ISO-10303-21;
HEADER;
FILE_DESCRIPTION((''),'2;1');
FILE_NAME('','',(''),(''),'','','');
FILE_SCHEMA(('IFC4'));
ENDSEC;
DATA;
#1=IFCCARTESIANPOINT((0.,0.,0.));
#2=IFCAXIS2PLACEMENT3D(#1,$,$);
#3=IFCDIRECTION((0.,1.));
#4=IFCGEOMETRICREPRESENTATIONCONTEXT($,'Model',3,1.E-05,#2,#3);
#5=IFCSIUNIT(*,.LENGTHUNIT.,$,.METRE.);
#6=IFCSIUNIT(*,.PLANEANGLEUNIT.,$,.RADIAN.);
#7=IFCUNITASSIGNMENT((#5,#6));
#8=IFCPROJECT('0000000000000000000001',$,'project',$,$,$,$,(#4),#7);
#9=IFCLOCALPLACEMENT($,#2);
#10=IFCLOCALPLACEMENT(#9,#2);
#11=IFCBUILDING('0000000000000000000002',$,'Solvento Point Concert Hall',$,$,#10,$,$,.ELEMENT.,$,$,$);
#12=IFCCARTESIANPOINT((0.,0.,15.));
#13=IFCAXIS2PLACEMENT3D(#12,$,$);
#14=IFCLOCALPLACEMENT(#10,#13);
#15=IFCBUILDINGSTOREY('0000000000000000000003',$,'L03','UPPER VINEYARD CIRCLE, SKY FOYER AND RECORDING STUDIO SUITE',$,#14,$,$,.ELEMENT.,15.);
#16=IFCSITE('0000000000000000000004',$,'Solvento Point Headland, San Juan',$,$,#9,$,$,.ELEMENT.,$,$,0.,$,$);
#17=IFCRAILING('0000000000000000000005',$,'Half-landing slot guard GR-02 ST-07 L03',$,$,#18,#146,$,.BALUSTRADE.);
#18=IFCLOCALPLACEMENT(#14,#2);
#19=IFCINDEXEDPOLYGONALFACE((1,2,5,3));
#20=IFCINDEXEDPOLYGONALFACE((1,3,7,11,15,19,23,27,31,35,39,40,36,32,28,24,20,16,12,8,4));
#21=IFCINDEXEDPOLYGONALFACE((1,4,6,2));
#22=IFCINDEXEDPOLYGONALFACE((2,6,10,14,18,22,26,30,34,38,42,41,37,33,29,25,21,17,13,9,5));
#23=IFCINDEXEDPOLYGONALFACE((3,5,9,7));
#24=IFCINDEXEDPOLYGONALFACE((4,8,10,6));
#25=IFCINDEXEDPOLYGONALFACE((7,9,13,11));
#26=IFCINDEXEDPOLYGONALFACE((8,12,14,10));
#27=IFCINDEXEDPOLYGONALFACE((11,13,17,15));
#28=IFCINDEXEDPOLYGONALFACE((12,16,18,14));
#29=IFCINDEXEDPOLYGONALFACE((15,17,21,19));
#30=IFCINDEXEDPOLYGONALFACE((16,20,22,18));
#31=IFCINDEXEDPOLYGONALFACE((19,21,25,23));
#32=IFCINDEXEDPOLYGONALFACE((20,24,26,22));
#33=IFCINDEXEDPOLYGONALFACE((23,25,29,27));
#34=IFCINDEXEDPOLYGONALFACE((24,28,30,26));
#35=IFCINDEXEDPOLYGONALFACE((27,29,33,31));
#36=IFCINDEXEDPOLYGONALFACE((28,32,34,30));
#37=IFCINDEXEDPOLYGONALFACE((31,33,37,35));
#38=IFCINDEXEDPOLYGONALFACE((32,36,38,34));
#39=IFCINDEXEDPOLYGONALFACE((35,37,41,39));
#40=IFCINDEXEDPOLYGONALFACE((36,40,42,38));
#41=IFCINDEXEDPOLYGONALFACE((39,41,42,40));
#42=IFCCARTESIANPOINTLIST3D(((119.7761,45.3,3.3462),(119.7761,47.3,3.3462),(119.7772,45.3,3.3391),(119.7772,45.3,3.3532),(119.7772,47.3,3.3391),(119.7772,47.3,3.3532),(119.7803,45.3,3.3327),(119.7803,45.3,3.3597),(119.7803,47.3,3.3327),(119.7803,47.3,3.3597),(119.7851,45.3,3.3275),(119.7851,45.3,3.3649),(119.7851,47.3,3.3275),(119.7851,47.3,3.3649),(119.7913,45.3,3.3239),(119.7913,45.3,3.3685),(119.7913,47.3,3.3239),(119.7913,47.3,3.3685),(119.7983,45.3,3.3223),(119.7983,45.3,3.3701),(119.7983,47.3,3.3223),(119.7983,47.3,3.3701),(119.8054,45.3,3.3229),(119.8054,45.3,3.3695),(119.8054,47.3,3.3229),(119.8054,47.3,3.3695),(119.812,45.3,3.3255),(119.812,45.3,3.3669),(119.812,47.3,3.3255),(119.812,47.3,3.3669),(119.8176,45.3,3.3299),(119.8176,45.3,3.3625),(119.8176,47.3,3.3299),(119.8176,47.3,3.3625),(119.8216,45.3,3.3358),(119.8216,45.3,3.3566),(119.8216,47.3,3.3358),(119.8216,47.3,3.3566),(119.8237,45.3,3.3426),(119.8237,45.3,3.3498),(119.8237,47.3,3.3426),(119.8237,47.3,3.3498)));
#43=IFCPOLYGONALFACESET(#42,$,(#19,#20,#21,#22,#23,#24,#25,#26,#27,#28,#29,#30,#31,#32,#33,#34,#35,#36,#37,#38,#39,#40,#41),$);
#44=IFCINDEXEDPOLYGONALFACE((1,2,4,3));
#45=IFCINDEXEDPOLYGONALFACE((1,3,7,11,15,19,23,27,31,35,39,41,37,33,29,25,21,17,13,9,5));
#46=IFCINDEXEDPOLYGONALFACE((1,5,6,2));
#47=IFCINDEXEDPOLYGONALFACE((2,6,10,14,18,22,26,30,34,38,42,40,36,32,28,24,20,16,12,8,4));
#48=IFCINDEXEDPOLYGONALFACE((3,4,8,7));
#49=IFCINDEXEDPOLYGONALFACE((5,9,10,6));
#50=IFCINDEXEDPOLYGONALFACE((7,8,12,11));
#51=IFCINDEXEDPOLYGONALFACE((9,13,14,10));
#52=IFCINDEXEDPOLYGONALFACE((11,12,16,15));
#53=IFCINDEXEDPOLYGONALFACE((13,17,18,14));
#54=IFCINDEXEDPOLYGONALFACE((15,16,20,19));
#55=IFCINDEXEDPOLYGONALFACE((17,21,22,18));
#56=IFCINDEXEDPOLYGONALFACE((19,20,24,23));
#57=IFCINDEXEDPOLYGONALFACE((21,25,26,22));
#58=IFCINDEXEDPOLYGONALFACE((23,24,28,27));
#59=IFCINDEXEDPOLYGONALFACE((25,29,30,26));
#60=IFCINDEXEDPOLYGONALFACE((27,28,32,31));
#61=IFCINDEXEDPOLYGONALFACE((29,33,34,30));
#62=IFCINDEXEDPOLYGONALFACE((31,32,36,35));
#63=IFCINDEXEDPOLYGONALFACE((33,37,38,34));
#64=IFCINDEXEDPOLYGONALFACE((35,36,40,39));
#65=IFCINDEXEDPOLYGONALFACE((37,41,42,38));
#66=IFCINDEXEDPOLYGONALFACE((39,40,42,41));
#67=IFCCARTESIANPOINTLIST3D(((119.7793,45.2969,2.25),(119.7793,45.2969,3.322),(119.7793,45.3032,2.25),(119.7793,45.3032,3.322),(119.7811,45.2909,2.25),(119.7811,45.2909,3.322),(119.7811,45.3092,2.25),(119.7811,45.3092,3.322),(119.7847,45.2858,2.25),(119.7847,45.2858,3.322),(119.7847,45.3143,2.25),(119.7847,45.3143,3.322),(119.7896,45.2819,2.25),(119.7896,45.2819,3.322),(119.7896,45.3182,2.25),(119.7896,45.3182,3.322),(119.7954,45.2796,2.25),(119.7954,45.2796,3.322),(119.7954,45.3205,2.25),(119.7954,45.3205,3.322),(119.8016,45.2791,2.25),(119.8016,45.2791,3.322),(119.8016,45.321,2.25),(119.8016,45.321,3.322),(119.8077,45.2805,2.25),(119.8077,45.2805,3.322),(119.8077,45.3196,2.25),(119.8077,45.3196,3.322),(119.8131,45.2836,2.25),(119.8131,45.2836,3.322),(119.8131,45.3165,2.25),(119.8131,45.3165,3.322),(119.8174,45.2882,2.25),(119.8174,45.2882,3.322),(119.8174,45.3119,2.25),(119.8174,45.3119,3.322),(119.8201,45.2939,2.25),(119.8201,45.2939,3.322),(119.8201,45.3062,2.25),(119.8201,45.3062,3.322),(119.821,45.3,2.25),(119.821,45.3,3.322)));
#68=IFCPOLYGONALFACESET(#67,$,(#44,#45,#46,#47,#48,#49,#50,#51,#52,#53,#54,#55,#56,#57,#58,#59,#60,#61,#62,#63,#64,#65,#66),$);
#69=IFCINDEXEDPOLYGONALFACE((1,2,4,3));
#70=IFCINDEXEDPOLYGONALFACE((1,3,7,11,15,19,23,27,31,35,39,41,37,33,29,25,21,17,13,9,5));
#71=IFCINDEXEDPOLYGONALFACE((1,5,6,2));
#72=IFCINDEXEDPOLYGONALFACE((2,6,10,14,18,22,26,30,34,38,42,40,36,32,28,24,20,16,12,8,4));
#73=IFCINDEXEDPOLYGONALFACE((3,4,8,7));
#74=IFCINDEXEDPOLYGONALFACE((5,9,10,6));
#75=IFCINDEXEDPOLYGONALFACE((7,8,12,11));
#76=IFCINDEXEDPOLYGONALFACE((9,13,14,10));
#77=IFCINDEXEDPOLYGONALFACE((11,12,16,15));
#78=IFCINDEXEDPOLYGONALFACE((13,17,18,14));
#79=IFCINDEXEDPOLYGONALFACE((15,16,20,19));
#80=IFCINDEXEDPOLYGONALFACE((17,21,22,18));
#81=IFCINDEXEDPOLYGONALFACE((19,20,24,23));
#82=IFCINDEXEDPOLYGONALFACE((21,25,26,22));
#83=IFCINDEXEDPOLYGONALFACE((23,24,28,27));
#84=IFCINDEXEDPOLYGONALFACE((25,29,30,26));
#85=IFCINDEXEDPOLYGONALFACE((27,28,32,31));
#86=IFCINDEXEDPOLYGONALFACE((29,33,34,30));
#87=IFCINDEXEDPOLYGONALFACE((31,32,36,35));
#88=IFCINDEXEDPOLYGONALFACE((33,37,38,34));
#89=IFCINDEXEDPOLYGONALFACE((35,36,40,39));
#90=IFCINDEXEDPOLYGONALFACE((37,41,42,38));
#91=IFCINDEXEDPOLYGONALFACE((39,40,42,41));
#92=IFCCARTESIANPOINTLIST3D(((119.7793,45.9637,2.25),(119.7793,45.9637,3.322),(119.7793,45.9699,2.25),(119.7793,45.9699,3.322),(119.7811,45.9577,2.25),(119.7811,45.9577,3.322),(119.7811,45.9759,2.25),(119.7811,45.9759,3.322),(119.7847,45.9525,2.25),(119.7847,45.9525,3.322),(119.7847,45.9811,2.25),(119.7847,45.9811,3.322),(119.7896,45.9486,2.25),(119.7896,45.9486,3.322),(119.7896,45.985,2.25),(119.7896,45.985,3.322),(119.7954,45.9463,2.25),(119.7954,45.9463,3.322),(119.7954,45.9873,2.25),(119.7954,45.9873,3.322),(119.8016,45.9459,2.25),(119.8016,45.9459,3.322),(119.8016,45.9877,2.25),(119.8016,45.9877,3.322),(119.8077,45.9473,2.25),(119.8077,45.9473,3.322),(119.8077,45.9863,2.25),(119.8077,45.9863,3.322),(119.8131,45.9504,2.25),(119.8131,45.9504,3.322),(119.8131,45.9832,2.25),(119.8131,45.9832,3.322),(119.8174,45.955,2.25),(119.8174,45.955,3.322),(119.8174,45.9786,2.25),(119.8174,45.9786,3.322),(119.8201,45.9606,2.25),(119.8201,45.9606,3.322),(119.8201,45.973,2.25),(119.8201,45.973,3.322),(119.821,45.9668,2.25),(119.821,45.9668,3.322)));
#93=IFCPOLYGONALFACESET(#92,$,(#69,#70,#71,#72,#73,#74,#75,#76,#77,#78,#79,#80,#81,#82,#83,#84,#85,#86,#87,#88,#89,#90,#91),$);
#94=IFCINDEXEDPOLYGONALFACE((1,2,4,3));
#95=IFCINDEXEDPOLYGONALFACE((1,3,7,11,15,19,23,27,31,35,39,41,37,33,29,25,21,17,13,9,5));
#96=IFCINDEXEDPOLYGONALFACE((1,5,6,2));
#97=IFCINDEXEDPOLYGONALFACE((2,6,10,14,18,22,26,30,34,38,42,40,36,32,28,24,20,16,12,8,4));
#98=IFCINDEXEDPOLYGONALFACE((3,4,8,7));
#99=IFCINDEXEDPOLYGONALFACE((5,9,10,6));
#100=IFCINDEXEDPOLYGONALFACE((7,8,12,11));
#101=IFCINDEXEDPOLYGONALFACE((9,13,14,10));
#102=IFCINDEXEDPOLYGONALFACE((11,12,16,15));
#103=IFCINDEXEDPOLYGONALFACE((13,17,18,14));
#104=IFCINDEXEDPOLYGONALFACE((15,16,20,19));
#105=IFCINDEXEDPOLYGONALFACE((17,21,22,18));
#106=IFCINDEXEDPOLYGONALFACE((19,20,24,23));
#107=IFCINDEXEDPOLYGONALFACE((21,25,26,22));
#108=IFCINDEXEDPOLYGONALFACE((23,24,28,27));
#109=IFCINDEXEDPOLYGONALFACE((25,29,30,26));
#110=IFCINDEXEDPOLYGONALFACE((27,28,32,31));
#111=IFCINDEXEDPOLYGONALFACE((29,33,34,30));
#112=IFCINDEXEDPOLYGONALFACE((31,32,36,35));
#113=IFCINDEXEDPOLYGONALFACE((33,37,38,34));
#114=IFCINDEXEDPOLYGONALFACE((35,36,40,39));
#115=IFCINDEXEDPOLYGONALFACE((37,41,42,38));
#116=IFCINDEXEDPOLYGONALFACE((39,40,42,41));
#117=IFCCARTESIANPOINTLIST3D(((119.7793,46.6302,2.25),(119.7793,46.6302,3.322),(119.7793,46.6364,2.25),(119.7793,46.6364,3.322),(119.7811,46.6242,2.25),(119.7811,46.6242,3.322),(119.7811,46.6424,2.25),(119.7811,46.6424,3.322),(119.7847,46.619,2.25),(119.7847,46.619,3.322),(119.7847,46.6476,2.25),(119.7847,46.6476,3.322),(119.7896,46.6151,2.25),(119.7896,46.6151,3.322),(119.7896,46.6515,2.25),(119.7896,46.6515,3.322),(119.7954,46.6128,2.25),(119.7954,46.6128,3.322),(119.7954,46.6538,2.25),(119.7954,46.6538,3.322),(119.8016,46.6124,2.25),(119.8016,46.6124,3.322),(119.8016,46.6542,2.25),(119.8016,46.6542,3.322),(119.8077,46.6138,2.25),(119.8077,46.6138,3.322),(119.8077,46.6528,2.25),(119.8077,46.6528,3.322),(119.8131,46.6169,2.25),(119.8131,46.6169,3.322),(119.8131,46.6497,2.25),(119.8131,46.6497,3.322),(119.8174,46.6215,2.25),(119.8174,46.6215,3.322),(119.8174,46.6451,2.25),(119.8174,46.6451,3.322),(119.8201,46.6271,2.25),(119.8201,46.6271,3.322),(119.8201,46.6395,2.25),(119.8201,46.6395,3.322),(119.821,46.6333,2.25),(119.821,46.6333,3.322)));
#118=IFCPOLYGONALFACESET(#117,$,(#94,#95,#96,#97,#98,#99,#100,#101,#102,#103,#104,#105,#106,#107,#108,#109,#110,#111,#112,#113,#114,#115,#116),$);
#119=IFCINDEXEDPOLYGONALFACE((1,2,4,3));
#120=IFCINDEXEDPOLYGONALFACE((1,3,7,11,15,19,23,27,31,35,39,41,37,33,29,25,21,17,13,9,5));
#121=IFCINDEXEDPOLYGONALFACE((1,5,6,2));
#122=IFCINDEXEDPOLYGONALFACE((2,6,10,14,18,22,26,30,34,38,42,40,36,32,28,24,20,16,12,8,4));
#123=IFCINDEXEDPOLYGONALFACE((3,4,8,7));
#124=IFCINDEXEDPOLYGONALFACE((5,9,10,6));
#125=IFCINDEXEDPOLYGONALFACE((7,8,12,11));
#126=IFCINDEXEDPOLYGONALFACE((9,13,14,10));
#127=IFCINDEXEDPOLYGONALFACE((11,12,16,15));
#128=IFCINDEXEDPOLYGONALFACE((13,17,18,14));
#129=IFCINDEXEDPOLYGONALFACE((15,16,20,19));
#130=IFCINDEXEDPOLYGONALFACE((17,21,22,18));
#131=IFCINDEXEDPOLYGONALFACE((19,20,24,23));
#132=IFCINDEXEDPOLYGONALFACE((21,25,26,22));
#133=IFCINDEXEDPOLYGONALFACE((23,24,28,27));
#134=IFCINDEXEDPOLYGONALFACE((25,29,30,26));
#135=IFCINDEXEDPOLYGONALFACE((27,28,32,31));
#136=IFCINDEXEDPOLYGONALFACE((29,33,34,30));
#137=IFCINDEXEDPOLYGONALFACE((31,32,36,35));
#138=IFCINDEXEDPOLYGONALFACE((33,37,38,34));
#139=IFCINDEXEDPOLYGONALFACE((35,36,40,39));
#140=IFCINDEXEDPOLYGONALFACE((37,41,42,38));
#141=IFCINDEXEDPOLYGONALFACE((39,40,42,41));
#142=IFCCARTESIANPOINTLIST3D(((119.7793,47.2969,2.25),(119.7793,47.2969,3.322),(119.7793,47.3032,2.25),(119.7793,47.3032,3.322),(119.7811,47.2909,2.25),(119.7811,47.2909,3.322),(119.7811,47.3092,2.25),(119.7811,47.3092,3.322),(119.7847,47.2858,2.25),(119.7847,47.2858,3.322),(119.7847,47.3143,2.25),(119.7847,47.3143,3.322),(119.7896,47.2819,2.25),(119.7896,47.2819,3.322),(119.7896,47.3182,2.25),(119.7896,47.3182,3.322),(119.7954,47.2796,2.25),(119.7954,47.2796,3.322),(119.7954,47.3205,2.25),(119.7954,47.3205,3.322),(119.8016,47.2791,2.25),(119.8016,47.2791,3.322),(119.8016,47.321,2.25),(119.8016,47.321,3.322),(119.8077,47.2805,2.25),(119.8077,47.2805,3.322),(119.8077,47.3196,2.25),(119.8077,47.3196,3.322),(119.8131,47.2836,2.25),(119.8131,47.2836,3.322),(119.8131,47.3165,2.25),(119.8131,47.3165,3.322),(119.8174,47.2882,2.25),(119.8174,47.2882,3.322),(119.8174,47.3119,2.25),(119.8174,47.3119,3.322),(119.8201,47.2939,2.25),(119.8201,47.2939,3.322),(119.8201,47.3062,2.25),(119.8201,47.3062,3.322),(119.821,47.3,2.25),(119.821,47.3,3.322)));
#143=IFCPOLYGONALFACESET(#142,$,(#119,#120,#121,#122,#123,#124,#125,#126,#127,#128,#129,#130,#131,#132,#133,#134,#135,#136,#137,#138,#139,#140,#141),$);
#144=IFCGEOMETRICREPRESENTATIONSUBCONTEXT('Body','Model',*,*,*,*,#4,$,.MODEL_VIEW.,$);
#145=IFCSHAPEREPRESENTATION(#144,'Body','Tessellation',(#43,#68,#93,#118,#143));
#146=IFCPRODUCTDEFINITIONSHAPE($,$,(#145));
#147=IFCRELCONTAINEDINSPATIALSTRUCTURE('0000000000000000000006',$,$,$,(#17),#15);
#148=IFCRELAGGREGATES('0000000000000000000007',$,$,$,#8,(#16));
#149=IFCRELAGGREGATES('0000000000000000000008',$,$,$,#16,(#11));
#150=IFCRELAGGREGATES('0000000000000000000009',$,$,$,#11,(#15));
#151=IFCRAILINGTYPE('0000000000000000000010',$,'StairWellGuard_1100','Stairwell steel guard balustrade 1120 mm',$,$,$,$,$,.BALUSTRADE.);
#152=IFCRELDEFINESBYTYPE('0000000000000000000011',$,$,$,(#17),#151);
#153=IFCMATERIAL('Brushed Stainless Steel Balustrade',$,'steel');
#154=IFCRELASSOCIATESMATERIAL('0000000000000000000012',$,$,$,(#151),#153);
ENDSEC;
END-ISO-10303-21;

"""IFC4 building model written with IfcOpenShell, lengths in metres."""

from ifc_helpers import new_model, si_unit, direction, frame, origin, origin_2d, place, context, subcontext, project, spatial, circle, extrude, material, type_object, element, save


model = new_model("IFC4")

# Units and contexts
model_context = context("Model", 3, precision=1e-05, world=origin(), true_north=direction((0.0, 1.0)))
body_context = subcontext(model_context, "Body", "Model", "MODEL_VIEW")
ifc_project = project(units=[si_unit("LENGTHUNIT", "METRE"), si_unit("PLANEANGLEUNIT", "RADIAN")], contexts=[model_context])

# Site, building, storey
site_placement = place(None, origin())
site = spatial("IfcSite", under=ifc_project, at=site_placement, Name="Solvento Point Headland, San Juan", CompositionType="ELEMENT", RefElevation=0.0)
building_placement = place(site_placement, origin())
building = spatial("IfcBuilding", under=site, at=building_placement, Name="Solvento Point Concert Hall", CompositionType="ELEMENT")
storey_placement = place(building_placement, frame((0.0, 0.0, 15.0)))
storey = spatial("IfcBuildingStorey", under=building, at=storey_placement, Name="L03", Description="UPPER VINEYARD CIRCLE, SKY FOYER AND RECORDING STUDIO SUITE", CompositionType="ELEMENT", Elevation=15.0)

# Railing
ifc_material_1 = material(Name="Brushed Stainless Steel Balustrade", Category="steel")
railing_type_1 = type_object("IfcRailingType", Name="StairWellGuard_1100", Description="Stairwell steel guard balustrade 1120 mm", PredefinedType="BALUSTRADE", material=ifc_material_1)
railing_1_placement = place(storey_placement, frame((119.8, 45.3, 2.25)))
element("IfcRailing", 1, at=railing_1_placement, inside=storey, type_object=railing_type_1, Name="Half-landing slot guard GR-02 ST-07 L03", PredefinedType="BALUSTRADE", context=body_context, shape_type="SweptSolid", body=[
    extrude(circle(Radius=0.0239, at=origin_2d()), frame((0.0, 0.0, 1.0962), z_axis=(0.0, 1.0, 0.0), x_axis=(-1.0, 0.0, 0.0)), (0.0, 0.0, 1.0), 2.0),
    extrude(circle(Radius=0.021, at=origin_2d()), origin(), (0.0, 0.0, 1.0), 1.072),
    extrude(circle(Radius=0.021, at=origin_2d()), frame((0.0, 0.6667, 0.0)), (0.0, 0.0, 1.0), 1.072),
    extrude(circle(Radius=0.021, at=origin_2d()), frame((0.0, 1.3333, 0.0)), (0.0, 0.0, 1.0), 1.072),
    extrude(circle(Radius=0.021, at=origin_2d()), frame((0.0, 2.0, 0.0)), (0.0, 0.0, 1.0), 1.072),
])

save(model, "model.ifc")
